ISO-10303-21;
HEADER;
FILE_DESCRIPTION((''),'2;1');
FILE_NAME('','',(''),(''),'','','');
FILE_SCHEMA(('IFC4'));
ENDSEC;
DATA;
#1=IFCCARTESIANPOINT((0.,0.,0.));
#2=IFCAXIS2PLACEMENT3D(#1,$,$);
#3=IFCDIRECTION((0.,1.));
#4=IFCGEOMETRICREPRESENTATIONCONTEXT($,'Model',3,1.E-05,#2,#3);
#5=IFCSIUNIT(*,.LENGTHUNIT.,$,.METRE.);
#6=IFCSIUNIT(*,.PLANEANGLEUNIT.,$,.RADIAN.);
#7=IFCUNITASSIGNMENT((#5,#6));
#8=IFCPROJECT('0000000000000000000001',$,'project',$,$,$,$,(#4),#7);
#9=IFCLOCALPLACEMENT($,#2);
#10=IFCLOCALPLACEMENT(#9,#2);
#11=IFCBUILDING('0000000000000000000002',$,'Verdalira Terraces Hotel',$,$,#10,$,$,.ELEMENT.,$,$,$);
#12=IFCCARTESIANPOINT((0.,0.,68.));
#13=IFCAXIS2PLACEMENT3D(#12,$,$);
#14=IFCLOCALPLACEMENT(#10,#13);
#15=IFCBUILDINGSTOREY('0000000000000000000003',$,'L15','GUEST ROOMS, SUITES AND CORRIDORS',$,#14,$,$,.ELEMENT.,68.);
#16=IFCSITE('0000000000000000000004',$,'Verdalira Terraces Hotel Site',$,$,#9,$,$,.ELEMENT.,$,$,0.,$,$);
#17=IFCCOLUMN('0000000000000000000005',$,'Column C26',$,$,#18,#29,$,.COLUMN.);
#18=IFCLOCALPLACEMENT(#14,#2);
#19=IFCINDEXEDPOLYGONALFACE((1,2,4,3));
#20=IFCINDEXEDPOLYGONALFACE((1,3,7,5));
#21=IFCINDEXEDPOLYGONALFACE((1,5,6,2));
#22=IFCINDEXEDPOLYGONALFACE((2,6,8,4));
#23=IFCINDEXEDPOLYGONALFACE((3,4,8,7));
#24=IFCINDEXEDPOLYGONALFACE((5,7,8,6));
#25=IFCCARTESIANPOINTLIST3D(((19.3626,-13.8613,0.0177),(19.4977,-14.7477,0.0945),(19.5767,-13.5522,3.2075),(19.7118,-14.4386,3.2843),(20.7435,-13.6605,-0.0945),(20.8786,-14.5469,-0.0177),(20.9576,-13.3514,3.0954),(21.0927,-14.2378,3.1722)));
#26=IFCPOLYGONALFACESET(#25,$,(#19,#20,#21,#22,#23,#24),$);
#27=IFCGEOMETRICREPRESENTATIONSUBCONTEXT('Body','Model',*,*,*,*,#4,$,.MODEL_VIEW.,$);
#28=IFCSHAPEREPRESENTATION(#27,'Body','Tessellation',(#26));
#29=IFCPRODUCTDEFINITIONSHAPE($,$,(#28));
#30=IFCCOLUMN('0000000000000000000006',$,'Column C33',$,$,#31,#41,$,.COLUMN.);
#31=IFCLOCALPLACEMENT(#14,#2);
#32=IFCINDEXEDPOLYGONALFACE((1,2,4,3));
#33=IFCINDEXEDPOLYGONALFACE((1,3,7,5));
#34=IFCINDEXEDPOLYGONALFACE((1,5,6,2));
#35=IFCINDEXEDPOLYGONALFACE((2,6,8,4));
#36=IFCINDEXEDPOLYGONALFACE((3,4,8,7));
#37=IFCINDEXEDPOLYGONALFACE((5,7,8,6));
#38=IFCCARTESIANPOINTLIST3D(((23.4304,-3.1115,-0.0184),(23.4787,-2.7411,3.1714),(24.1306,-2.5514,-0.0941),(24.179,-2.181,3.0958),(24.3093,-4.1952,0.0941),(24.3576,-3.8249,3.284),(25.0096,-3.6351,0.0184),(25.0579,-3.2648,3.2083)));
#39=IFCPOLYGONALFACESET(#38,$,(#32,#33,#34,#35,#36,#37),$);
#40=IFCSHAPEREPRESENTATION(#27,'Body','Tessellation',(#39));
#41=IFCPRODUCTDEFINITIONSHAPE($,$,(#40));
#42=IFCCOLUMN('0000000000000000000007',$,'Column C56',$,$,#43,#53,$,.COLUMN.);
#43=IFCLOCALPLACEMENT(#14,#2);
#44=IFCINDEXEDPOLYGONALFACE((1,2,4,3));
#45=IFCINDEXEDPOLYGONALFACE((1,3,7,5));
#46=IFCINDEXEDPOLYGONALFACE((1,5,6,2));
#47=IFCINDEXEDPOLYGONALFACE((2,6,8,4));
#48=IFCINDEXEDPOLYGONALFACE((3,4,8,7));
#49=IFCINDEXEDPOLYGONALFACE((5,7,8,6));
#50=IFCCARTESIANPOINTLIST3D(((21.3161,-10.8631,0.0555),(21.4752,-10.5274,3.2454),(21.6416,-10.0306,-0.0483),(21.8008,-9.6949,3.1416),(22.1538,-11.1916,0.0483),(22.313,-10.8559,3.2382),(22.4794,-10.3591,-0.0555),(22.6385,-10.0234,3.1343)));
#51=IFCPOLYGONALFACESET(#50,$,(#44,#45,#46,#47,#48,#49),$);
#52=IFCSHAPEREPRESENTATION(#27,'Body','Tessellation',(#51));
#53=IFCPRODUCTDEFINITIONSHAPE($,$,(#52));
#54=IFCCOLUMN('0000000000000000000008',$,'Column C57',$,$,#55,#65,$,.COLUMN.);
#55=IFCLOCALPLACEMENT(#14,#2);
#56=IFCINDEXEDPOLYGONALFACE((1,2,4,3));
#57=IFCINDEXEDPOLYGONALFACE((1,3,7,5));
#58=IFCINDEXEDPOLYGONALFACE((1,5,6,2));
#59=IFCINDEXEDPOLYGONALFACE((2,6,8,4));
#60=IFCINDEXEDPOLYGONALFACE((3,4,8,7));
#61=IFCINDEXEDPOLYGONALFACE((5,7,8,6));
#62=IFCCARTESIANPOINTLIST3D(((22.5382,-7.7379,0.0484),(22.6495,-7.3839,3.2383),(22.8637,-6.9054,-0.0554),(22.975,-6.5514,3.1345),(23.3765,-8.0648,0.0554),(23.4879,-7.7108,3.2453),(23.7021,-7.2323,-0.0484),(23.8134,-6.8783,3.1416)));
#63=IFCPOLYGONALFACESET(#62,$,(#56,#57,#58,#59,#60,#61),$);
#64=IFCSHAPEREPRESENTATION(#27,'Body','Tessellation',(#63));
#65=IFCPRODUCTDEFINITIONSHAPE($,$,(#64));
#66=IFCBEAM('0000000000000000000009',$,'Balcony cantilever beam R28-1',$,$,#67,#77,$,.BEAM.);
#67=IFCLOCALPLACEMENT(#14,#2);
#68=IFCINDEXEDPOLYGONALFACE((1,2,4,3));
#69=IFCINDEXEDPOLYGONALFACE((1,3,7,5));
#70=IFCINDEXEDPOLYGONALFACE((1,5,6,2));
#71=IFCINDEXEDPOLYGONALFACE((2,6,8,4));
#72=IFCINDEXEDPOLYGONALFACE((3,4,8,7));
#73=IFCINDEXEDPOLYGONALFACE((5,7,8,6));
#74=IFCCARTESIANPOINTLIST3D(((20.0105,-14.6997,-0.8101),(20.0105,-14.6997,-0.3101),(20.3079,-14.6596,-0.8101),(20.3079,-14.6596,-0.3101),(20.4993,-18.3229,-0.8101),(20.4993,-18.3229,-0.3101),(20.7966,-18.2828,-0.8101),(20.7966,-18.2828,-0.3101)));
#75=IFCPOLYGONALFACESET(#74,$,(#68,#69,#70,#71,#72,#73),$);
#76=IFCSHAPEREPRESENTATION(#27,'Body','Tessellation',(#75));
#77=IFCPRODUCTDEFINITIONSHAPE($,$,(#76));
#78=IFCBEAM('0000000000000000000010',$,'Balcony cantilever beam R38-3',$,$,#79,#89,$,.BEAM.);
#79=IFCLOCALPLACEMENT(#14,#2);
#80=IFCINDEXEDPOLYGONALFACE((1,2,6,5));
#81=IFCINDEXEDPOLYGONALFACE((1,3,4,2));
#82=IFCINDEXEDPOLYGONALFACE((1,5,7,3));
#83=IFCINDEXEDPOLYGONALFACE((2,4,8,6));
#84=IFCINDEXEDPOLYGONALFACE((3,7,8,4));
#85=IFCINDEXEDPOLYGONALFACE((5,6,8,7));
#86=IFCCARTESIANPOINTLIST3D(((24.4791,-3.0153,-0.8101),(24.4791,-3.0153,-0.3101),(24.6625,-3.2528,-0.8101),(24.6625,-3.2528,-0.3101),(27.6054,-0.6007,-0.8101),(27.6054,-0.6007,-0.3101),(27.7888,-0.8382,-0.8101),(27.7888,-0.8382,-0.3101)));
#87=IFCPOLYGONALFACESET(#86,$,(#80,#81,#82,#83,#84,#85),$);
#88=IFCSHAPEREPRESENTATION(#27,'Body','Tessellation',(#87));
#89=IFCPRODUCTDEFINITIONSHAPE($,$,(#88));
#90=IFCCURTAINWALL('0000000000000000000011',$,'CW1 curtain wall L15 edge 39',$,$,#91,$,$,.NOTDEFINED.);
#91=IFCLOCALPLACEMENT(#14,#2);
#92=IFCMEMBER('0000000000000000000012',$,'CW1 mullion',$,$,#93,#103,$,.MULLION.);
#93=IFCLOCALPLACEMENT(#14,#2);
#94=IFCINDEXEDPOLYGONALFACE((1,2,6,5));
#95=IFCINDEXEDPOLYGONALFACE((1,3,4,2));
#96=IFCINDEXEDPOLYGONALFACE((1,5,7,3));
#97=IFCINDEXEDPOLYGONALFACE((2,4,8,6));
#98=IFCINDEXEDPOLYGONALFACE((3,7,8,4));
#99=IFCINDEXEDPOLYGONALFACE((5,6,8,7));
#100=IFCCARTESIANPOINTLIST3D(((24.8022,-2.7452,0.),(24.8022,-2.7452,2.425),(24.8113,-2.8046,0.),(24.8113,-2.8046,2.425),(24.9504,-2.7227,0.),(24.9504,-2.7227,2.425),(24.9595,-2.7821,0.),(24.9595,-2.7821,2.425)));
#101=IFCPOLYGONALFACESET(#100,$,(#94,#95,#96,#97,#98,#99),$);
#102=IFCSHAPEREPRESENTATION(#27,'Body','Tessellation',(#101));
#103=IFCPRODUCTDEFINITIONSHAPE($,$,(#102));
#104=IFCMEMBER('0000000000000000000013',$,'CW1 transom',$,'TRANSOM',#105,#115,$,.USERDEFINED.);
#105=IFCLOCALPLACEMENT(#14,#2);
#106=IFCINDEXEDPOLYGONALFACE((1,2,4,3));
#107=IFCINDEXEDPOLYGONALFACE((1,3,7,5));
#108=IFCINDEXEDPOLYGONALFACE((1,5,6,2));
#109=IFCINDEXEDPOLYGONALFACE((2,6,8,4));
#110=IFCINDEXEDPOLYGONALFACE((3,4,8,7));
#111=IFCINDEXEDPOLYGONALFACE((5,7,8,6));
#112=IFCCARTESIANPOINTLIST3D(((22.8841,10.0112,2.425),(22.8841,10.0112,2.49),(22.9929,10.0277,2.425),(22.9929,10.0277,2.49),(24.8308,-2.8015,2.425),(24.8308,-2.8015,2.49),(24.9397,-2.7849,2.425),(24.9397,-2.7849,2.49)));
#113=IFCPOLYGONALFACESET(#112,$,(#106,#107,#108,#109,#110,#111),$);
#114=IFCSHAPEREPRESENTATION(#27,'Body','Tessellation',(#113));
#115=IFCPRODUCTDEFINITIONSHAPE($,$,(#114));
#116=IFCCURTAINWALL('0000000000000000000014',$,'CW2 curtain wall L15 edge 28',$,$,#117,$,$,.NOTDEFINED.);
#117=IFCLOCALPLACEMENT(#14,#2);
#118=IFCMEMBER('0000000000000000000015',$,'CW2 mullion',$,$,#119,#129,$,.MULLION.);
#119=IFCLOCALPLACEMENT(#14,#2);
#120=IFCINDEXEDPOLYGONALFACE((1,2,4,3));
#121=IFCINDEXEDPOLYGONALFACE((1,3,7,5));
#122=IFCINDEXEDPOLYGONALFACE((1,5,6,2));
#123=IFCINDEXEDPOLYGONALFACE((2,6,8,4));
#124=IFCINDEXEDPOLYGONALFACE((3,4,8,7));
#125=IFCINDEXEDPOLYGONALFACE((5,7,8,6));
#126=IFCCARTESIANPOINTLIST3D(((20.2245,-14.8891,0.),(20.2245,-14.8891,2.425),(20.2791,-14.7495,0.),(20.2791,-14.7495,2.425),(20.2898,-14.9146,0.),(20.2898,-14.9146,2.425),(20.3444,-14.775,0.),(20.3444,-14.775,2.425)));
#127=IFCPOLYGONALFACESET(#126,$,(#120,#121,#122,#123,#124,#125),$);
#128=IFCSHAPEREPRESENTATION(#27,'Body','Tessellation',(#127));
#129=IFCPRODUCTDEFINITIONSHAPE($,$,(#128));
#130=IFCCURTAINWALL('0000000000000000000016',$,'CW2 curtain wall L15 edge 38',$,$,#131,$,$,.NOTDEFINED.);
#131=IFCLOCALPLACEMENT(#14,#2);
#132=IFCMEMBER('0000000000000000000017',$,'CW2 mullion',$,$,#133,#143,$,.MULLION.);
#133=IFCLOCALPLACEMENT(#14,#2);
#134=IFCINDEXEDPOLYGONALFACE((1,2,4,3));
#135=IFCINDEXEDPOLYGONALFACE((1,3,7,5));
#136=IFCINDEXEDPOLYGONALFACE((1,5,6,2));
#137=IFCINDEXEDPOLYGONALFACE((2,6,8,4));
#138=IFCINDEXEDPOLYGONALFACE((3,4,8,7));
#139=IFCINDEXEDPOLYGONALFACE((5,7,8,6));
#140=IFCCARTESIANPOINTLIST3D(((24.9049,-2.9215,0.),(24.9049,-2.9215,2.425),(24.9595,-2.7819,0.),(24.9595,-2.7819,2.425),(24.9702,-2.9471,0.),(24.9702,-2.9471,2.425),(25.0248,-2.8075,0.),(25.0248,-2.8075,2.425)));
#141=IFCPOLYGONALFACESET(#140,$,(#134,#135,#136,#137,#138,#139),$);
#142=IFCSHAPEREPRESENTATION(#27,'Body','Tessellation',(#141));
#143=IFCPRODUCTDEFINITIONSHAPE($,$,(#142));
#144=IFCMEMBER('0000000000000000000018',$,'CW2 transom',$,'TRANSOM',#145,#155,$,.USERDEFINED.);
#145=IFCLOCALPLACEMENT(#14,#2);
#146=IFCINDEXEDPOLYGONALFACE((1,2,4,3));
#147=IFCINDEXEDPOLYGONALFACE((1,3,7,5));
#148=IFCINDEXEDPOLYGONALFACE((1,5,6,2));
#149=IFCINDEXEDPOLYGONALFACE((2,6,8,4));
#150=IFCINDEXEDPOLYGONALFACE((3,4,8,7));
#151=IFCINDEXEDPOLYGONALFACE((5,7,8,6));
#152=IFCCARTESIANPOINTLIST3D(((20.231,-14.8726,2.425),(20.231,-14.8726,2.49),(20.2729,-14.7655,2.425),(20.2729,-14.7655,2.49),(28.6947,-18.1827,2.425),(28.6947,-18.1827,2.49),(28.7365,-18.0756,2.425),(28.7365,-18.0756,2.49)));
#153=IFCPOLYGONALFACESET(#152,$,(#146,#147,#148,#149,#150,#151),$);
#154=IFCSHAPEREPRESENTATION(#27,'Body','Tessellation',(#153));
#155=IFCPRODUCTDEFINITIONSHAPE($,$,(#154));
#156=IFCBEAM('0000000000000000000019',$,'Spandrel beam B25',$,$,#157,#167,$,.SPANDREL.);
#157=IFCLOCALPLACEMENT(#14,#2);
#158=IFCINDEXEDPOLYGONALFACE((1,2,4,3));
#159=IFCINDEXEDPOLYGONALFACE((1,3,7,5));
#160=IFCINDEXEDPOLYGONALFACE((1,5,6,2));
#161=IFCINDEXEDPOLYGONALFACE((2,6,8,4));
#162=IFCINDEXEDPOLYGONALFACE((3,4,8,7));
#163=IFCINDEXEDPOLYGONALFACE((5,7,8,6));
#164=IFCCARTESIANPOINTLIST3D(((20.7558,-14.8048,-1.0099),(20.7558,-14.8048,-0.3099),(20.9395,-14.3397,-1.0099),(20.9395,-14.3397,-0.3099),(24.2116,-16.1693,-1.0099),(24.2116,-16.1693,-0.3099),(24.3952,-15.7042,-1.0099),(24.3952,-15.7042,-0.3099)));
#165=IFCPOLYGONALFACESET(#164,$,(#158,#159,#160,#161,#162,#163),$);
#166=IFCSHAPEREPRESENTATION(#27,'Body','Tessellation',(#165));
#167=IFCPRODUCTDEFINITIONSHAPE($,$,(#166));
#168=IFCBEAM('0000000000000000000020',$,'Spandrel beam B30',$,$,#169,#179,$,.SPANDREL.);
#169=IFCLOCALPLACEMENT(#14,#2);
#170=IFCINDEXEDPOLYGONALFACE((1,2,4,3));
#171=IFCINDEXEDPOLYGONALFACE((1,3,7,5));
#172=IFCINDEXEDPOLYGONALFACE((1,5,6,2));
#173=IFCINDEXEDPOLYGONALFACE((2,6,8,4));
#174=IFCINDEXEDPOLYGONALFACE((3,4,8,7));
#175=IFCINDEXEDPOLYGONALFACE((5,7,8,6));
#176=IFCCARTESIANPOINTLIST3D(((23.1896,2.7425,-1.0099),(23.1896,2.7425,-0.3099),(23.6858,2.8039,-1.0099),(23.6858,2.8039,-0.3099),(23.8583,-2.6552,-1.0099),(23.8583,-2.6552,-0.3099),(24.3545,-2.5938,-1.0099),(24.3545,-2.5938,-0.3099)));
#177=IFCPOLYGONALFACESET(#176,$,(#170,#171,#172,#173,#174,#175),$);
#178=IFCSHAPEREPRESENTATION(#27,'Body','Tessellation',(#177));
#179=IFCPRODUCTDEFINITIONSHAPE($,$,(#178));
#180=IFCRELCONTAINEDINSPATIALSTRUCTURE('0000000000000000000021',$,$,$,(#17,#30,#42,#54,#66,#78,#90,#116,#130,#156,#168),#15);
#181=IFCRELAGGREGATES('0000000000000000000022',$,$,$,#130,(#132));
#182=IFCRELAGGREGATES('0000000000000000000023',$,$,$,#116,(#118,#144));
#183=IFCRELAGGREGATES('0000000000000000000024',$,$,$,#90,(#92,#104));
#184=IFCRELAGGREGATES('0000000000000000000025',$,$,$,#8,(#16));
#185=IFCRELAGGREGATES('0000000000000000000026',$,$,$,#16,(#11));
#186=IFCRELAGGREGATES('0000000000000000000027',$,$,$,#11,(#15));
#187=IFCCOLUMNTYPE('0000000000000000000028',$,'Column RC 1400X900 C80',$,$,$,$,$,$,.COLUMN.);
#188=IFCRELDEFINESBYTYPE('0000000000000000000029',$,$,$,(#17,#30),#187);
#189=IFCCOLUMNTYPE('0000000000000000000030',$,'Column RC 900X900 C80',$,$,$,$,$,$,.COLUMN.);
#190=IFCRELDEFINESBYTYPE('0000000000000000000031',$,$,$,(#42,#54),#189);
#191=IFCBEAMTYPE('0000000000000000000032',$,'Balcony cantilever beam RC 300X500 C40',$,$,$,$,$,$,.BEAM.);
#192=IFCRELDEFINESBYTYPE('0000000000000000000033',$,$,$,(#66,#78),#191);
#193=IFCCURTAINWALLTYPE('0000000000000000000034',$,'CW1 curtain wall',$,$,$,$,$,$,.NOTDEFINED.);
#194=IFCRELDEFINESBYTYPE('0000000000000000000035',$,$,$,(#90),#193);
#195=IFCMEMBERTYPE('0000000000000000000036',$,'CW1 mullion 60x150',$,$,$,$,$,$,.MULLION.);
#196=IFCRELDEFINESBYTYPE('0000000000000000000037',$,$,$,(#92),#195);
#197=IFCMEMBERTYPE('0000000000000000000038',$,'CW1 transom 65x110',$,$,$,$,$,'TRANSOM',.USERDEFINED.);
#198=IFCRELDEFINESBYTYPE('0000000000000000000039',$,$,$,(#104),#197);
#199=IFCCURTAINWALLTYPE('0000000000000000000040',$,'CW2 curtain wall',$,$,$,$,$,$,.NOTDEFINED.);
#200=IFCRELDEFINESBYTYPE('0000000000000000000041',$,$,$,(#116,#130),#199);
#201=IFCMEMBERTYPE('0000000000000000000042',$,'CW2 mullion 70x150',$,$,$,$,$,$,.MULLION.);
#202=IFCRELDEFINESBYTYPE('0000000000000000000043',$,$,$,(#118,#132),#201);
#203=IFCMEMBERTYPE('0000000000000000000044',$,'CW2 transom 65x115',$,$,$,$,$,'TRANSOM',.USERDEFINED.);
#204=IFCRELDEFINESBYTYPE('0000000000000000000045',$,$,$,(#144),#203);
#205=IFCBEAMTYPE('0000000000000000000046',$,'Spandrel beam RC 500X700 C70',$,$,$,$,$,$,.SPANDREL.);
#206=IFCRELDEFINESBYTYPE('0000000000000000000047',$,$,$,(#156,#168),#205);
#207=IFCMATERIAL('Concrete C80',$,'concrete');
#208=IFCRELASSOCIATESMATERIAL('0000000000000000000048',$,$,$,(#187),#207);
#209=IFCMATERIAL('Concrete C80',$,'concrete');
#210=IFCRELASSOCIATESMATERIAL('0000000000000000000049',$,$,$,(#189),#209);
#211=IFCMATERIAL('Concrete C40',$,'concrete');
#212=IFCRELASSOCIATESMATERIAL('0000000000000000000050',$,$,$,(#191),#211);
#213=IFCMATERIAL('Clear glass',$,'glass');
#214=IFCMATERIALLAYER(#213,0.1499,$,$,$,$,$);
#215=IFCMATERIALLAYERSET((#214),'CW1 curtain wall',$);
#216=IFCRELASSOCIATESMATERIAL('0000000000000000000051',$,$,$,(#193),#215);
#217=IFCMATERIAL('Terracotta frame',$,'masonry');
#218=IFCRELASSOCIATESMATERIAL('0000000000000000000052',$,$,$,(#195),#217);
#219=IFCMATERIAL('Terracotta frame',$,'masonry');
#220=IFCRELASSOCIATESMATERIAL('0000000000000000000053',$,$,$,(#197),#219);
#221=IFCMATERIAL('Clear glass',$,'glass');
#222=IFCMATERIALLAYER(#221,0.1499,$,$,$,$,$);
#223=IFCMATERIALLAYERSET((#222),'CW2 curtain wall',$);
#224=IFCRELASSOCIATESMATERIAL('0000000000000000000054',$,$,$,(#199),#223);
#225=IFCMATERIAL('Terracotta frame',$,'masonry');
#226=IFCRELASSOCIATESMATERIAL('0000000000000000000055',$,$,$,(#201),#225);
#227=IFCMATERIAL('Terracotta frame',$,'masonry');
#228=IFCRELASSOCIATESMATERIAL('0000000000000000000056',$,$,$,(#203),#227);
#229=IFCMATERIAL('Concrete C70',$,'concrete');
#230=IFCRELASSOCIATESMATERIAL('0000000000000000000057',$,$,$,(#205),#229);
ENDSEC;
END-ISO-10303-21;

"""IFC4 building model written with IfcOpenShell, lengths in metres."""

from ifc_helpers import new_model, si_unit, direction, frame, origin, origin_2d, place, context, subcontext, project, spatial, rectangle, extrude, material, layer, layer_set, material_profile, profile_set, type_object, element, aggregate, save


model = new_model("IFC4")

# Units and contexts
model_context = context("Model", 3, precision=1e-05, world=origin(), true_north=direction((0.0, 1.0)))
body_context = subcontext(model_context, "Body", "Model", "MODEL_VIEW")
ifc_project = project(units=[si_unit("LENGTHUNIT", "METRE"), si_unit("PLANEANGLEUNIT", "RADIAN")], contexts=[model_context])

# Site, building, storey
site_placement = place(None, origin())
site = spatial("IfcSite", under=ifc_project, at=site_placement, Name="Verdalira Terraces Hotel Site", CompositionType="ELEMENT", RefElevation=0.0)
building_placement = place(site_placement, origin())
building = spatial("IfcBuilding", under=site, at=building_placement, Name="Verdalira Terraces Hotel", CompositionType="ELEMENT")
storey_placement = place(building_placement, frame((0.0, 0.0, 68.0)))
storey = spatial("IfcBuildingStorey", under=building, at=storey_placement, Name="L15", Description="GUEST ROOMS, SUITES AND CORRIDORS", CompositionType="ELEMENT", Elevation=68.0)

# Columns
ifc_material_1 = material(Name="Concrete C80", Category="concrete")
ifc_material_profile_1 = material_profile(ifc_material_1, rectangle(XDim=1.3999, YDim=0.8999, at=origin_2d()), Name="RC 1400X900")
ifc_profile_set_1 = profile_set([ifc_material_profile_1], Name="Concrete C80")
column_type_1 = type_object("IfcColumnType", Name="Column RC 1400X900 C80", PredefinedType="COLUMN", material=ifc_profile_set_1)
column_1_placement = place(storey_placement, frame((20.1206, -14.2041, 0.0), z_axis=(0.066659, 0.096227, 0.993125), x_axis=(-0.986411, -0.143446, 0.080108)))
element("IfcColumn", 1, at=column_1_placement, inside=storey, type_object=column_type_1, Name="Column C26", PredefinedType="COLUMN", context=body_context, shape_type="SweptSolid", body=[
    extrude(rectangle(XDim=1.3999, YDim=0.8999, at=origin_2d()), origin(), (0.0, 0.0, 1.0), 3.2119),
])
column_2_placement = place(storey_placement, frame((24.22, -3.3733, 0.0), z_axis=(0.015051, 0.115315, 0.993215), x_axis=(0.627856, -0.774169, 0.080369)))
element("IfcColumn", 2, at=column_2_placement, inside=storey, type_object=column_type_1, Name="Column C33", PredefinedType="COLUMN", context=body_context, shape_type="SweptSolid", body=[
    extrude(rectangle(XDim=1.3999, YDim=0.8999, at=origin_2d()), origin(), (0.0, 0.0, 1.0), 3.2117),
])
ifc_material_2 = material(Name="Concrete C80", Category="concrete")
ifc_material_profile_2 = material_profile(ifc_material_2, rectangle(XDim=0.8999, YDim=0.8999, at=origin_2d()), Name="RC 900X900")
ifc_profile_set_2 = profile_set([ifc_material_profile_2], Name="Concrete C80")
column_type_2 = type_object("IfcColumnType", Name="Column RC 900X900 C80", PredefinedType="COLUMN", material=ifc_profile_set_2)
for number, where, z_axis, x_axis, name in (
    (3, (21.8977, -10.6111, 0.0), (0.049565, 0.104528, 0.993286), (0.930966, -0.365018, -0.008043), "Column C56"),
    (4, (23.1201, -7.4851, 0.0), (0.034666, 0.110232, 0.993301), (0.931624, -0.363341, 0.007808), "Column C57"),
):
    element("IfcColumn", number, at=place(storey_placement, frame(where, z_axis=z_axis, x_axis=x_axis)), inside=storey, type_object=column_type_2, Name=name, PredefinedType="COLUMN", context=body_context, shape_type="SweptSolid", body=[
        extrude(rectangle(XDim=0.8999, YDim=0.8999, at=origin_2d()), origin(), (0.0, 0.0, 1.0), 3.2114),
    ])

# Beams
ifc_material_3 = material(Name="Concrete C40", Category="concrete")
ifc_material_profile_3 = material_profile(ifc_material_3, rectangle(XDim=0.3, YDim=0.5, at=origin_2d()), Name="RC 300X500")
ifc_profile_set_3 = profile_set([ifc_material_profile_3], Name="Concrete C40")
beam_type_1 = type_object("IfcBeamType", Name="Balcony cantilever beam RC 300X500 C40", PredefinedType="BEAM", material=ifc_profile_set_3)
beam_1_placement = place(storey_placement, frame((20.1592, -14.6797, -0.5601), z_axis=(0.133686, -0.991024, 0.0), x_axis=(0.991024, 0.133686, 0.0)))
element("IfcBeam", 5, at=beam_1_placement, inside=storey, type_object=beam_type_1, Name="Balcony cantilever beam R28-1", PredefinedType="BEAM", context=body_context, shape_type="SweptSolid", body=[
    extrude(rectangle(XDim=0.3, YDim=0.5, at=origin_2d()), origin(), (0.0, 0.0, 1.0), 3.656),
])
beam_2_placement = place(storey_placement, frame((24.5708, -3.134, -0.5601), z_axis=(0.791428, 0.611263, 0.0), x_axis=(-0.611263, 0.791428, 0.0)))
element("IfcBeam", 6, at=beam_2_placement, inside=storey, type_object=beam_type_1, Name="Balcony cantilever beam R38-3", PredefinedType="BEAM", context=body_context, shape_type="SweptSolid", body=[
    extrude(rectangle(XDim=0.3, YDim=0.5, at=origin_2d()), origin(), (0.0, 0.0, 1.0), 3.9502),
])

# Curtain wall, members
ifc_material_4 = material(Name="Clear glass", Category="glass")
ifc_layer_1 = layer(ifc_material_4, 0.1499)
ifc_layer_set_1 = layer_set([ifc_layer_1], Name="CW1 curtain wall")
curtain_wall_type_1 = type_object("IfcCurtainWallType", Name="CW1 curtain wall", PredefinedType="NOTDEFINED", material=ifc_layer_set_1)
curtain_wall_1_placement = place(storey_placement, origin())
curtain_wall_1 = element("IfcCurtainWall", 7, at=curtain_wall_1_placement, inside=storey, type_object=curtain_wall_type_1, Name="CW1 curtain wall L15 edge 39", PredefinedType="NOTDEFINED")
ifc_material_5 = material(Name="Terracotta frame", Category="masonry")
ifc_material_profile_4 = material_profile(ifc_material_5, rectangle(XDim=0.0601, YDim=0.1499, at=origin_2d()), Name="MU 60x150")
ifc_profile_set_4 = profile_set([ifc_material_profile_4], Name="Terracotta frame")
member_type_1 = type_object("IfcMemberType", Name="CW1 mullion 60x150", PredefinedType="MULLION", material=ifc_profile_set_4)
member_1_placement = place(storey_placement, frame((24.8809, -2.7637, 0.0), z_axis=(0.0, 0.0, 1.0), x_axis=(-0.150226, 0.988652, 0.0)))
member_1 = element("IfcMember", 8, at=member_1_placement, type_object=member_type_1, Name="CW1 mullion", PredefinedType="MULLION", context=body_context, shape_type="SweptSolid", body=[
    extrude(rectangle(XDim=0.0601, YDim=0.1499, at=origin_2d()), origin(), (0.0, 0.0, 1.0), 2.425),
])
ifc_material_6 = material(Name="Terracotta frame", Category="masonry")
ifc_material_profile_5 = material_profile(ifc_material_6, rectangle(XDim=0.1101, YDim=0.0649, at=origin_2d()), Name="TR 65x110")
ifc_profile_set_5 = profile_set([ifc_material_profile_5], Name="Terracotta frame")
member_type_2 = type_object("IfcMemberType", Name="CW1 transom 65x110", ElementType="TRANSOM", PredefinedType="USERDEFINED", material=ifc_profile_set_5)
member_2_placement = place(storey_placement, frame((24.8853, -2.7932, 2.4575), z_axis=(-0.150217, 0.988653, 0.0), x_axis=(-0.988653, -0.150217, 0.0)))
member_2 = element("IfcMember", 9, at=member_2_placement, type_object=member_type_2, Name="CW1 transom", ObjectType="TRANSOM", PredefinedType="USERDEFINED", context=body_context, shape_type="SweptSolid", body=[
    extrude(rectangle(XDim=0.1101, YDim=0.0649, at=origin_2d()), origin(), (0.0, 0.0, 1.0), 12.9597),
])

# Curtain walls, members
ifc_material_7 = material(Name="Clear glass", Category="glass")
ifc_layer_2 = layer(ifc_material_7, 0.1499)
ifc_layer_set_2 = layer_set([ifc_layer_2], Name="CW2 curtain wall")
curtain_wall_type_2 = type_object("IfcCurtainWallType", Name="CW2 curtain wall", PredefinedType="NOTDEFINED", material=ifc_layer_set_2)
curtain_wall_2_placement = place(storey_placement, origin())
curtain_wall_2 = element("IfcCurtainWall", 10, at=curtain_wall_2_placement, inside=storey, type_object=curtain_wall_type_2, Name="CW2 curtain wall L15 edge 28", PredefinedType="NOTDEFINED")
ifc_material_8 = material(Name="Terracotta frame", Category="masonry")
ifc_material_profile_6 = material_profile(ifc_material_8, rectangle(XDim=0.0701, YDim=0.1499, at=origin_2d()), Name="MU 70x150")
ifc_profile_set_6 = profile_set([ifc_material_profile_6], Name="Terracotta frame")
member_type_3 = type_object("IfcMemberType", Name="CW2 mullion 70x150", PredefinedType="MULLION", material=ifc_profile_set_6)
member_3_placement = place(storey_placement, frame((20.2844, -14.832, 0.0), z_axis=(0.0, 0.0, 1.0), x_axis=(0.93131, -0.364227, 0.0)))
member_3 = element("IfcMember", 11, at=member_3_placement, type_object=member_type_3, Name="CW2 mullion", PredefinedType="MULLION", context=body_context, shape_type="SweptSolid", body=[
    extrude(rectangle(XDim=0.0701, YDim=0.1499, at=origin_2d()), origin(), (0.0, 0.0, 1.0), 2.425),
])
curtain_wall_3_placement = place(storey_placement, origin())
curtain_wall_3 = element("IfcCurtainWall", 12, at=curtain_wall_3_placement, inside=storey, type_object=curtain_wall_type_2, Name="CW2 curtain wall L15 edge 38", PredefinedType="NOTDEFINED")
member_4_placement = place(storey_placement, frame((24.9648, -2.8645, 0.0), z_axis=(0.0, 0.0, 1.0), x_axis=(-0.93131, 0.364227, 0.0)))
member_4 = element("IfcMember", 13, at=member_4_placement, type_object=member_type_3, Name="CW2 mullion", PredefinedType="MULLION", context=body_context, shape_type="SweptSolid", body=[
    extrude(rectangle(XDim=0.0701, YDim=0.1499, at=origin_2d()), origin(), (0.0, 0.0, 1.0), 2.425),
])
aggregate(curtain_wall_3, [member_4])

# Member
ifc_material_9 = material(Name="Terracotta frame", Category="masonry")
ifc_material_profile_7 = material_profile(ifc_material_9, rectangle(XDim=0.115, YDim=0.0649, at=origin_2d()), Name="TR 65x115")
ifc_profile_set_7 = profile_set([ifc_material_profile_7], Name="Terracotta frame")
member_type_4 = type_object("IfcMemberType", Name="CW2 transom 65x115", ElementType="TRANSOM", PredefinedType="USERDEFINED", material=ifc_profile_set_7)
member_5_placement = place(storey_placement, frame((20.252, -14.8191, 2.4575), z_axis=(0.93131, -0.364228, 0.0), x_axis=(0.364228, 0.93131, 0.0)))
member_5 = element("IfcMember", 14, at=member_5_placement, type_object=member_type_4, Name="CW2 transom", ObjectType="TRANSOM", PredefinedType="USERDEFINED", context=body_context, shape_type="SweptSolid", body=[
    extrude(rectangle(XDim=0.115, YDim=0.0649, at=origin_2d()), origin(), (0.0, 0.0, 1.0), 9.0879),
])
aggregate(curtain_wall_2, [member_3, member_5])

# Beams
ifc_material_10 = material(Name="Concrete C70", Category="concrete")
ifc_material_profile_8 = material_profile(ifc_material_10, rectangle(XDim=0.5, YDim=0.7, at=origin_2d()), Name="RC 500X700")
ifc_profile_set_8 = profile_set([ifc_material_profile_8], Name="Concrete C70")
beam_type_2 = type_object("IfcBeamType", Name="Spandrel beam RC 500X700 C70", PredefinedType="SPANDREL", material=ifc_profile_set_8)
beam_3_placement = place(storey_placement, frame((20.8477, -14.5723, -0.6599), z_axis=(0.930122, -0.367252, 0.0), x_axis=(0.367252, 0.930122, 0.0)))
element("IfcBeam", 15, at=beam_3_placement, inside=storey, type_object=beam_type_2, Name="Spandrel beam B25", PredefinedType="SPANDREL", context=body_context, shape_type="SweptSolid", body=[
    extrude(rectangle(XDim=0.5, YDim=0.7, at=origin_2d()), origin(), (0.0, 0.0, 1.0), 3.7153),
])
beam_4_placement = place(storey_placement, frame((24.1064, -2.6245, -0.6599), z_axis=(-0.122946, 0.992413, 0.0), x_axis=(-0.992413, -0.122946, 0.0)))
element("IfcBeam", 16, at=beam_4_placement, inside=storey, type_object=beam_type_2, Name="Spandrel beam B30", PredefinedType="SPANDREL", context=body_context, shape_type="SweptSolid", body=[
    extrude(rectangle(XDim=0.5, YDim=0.7, at=origin_2d()), origin(), (0.0, 0.0, 1.0), 5.439),
])

aggregate(curtain_wall_1, [member_1, member_2])

save(model, "model.ifc")
